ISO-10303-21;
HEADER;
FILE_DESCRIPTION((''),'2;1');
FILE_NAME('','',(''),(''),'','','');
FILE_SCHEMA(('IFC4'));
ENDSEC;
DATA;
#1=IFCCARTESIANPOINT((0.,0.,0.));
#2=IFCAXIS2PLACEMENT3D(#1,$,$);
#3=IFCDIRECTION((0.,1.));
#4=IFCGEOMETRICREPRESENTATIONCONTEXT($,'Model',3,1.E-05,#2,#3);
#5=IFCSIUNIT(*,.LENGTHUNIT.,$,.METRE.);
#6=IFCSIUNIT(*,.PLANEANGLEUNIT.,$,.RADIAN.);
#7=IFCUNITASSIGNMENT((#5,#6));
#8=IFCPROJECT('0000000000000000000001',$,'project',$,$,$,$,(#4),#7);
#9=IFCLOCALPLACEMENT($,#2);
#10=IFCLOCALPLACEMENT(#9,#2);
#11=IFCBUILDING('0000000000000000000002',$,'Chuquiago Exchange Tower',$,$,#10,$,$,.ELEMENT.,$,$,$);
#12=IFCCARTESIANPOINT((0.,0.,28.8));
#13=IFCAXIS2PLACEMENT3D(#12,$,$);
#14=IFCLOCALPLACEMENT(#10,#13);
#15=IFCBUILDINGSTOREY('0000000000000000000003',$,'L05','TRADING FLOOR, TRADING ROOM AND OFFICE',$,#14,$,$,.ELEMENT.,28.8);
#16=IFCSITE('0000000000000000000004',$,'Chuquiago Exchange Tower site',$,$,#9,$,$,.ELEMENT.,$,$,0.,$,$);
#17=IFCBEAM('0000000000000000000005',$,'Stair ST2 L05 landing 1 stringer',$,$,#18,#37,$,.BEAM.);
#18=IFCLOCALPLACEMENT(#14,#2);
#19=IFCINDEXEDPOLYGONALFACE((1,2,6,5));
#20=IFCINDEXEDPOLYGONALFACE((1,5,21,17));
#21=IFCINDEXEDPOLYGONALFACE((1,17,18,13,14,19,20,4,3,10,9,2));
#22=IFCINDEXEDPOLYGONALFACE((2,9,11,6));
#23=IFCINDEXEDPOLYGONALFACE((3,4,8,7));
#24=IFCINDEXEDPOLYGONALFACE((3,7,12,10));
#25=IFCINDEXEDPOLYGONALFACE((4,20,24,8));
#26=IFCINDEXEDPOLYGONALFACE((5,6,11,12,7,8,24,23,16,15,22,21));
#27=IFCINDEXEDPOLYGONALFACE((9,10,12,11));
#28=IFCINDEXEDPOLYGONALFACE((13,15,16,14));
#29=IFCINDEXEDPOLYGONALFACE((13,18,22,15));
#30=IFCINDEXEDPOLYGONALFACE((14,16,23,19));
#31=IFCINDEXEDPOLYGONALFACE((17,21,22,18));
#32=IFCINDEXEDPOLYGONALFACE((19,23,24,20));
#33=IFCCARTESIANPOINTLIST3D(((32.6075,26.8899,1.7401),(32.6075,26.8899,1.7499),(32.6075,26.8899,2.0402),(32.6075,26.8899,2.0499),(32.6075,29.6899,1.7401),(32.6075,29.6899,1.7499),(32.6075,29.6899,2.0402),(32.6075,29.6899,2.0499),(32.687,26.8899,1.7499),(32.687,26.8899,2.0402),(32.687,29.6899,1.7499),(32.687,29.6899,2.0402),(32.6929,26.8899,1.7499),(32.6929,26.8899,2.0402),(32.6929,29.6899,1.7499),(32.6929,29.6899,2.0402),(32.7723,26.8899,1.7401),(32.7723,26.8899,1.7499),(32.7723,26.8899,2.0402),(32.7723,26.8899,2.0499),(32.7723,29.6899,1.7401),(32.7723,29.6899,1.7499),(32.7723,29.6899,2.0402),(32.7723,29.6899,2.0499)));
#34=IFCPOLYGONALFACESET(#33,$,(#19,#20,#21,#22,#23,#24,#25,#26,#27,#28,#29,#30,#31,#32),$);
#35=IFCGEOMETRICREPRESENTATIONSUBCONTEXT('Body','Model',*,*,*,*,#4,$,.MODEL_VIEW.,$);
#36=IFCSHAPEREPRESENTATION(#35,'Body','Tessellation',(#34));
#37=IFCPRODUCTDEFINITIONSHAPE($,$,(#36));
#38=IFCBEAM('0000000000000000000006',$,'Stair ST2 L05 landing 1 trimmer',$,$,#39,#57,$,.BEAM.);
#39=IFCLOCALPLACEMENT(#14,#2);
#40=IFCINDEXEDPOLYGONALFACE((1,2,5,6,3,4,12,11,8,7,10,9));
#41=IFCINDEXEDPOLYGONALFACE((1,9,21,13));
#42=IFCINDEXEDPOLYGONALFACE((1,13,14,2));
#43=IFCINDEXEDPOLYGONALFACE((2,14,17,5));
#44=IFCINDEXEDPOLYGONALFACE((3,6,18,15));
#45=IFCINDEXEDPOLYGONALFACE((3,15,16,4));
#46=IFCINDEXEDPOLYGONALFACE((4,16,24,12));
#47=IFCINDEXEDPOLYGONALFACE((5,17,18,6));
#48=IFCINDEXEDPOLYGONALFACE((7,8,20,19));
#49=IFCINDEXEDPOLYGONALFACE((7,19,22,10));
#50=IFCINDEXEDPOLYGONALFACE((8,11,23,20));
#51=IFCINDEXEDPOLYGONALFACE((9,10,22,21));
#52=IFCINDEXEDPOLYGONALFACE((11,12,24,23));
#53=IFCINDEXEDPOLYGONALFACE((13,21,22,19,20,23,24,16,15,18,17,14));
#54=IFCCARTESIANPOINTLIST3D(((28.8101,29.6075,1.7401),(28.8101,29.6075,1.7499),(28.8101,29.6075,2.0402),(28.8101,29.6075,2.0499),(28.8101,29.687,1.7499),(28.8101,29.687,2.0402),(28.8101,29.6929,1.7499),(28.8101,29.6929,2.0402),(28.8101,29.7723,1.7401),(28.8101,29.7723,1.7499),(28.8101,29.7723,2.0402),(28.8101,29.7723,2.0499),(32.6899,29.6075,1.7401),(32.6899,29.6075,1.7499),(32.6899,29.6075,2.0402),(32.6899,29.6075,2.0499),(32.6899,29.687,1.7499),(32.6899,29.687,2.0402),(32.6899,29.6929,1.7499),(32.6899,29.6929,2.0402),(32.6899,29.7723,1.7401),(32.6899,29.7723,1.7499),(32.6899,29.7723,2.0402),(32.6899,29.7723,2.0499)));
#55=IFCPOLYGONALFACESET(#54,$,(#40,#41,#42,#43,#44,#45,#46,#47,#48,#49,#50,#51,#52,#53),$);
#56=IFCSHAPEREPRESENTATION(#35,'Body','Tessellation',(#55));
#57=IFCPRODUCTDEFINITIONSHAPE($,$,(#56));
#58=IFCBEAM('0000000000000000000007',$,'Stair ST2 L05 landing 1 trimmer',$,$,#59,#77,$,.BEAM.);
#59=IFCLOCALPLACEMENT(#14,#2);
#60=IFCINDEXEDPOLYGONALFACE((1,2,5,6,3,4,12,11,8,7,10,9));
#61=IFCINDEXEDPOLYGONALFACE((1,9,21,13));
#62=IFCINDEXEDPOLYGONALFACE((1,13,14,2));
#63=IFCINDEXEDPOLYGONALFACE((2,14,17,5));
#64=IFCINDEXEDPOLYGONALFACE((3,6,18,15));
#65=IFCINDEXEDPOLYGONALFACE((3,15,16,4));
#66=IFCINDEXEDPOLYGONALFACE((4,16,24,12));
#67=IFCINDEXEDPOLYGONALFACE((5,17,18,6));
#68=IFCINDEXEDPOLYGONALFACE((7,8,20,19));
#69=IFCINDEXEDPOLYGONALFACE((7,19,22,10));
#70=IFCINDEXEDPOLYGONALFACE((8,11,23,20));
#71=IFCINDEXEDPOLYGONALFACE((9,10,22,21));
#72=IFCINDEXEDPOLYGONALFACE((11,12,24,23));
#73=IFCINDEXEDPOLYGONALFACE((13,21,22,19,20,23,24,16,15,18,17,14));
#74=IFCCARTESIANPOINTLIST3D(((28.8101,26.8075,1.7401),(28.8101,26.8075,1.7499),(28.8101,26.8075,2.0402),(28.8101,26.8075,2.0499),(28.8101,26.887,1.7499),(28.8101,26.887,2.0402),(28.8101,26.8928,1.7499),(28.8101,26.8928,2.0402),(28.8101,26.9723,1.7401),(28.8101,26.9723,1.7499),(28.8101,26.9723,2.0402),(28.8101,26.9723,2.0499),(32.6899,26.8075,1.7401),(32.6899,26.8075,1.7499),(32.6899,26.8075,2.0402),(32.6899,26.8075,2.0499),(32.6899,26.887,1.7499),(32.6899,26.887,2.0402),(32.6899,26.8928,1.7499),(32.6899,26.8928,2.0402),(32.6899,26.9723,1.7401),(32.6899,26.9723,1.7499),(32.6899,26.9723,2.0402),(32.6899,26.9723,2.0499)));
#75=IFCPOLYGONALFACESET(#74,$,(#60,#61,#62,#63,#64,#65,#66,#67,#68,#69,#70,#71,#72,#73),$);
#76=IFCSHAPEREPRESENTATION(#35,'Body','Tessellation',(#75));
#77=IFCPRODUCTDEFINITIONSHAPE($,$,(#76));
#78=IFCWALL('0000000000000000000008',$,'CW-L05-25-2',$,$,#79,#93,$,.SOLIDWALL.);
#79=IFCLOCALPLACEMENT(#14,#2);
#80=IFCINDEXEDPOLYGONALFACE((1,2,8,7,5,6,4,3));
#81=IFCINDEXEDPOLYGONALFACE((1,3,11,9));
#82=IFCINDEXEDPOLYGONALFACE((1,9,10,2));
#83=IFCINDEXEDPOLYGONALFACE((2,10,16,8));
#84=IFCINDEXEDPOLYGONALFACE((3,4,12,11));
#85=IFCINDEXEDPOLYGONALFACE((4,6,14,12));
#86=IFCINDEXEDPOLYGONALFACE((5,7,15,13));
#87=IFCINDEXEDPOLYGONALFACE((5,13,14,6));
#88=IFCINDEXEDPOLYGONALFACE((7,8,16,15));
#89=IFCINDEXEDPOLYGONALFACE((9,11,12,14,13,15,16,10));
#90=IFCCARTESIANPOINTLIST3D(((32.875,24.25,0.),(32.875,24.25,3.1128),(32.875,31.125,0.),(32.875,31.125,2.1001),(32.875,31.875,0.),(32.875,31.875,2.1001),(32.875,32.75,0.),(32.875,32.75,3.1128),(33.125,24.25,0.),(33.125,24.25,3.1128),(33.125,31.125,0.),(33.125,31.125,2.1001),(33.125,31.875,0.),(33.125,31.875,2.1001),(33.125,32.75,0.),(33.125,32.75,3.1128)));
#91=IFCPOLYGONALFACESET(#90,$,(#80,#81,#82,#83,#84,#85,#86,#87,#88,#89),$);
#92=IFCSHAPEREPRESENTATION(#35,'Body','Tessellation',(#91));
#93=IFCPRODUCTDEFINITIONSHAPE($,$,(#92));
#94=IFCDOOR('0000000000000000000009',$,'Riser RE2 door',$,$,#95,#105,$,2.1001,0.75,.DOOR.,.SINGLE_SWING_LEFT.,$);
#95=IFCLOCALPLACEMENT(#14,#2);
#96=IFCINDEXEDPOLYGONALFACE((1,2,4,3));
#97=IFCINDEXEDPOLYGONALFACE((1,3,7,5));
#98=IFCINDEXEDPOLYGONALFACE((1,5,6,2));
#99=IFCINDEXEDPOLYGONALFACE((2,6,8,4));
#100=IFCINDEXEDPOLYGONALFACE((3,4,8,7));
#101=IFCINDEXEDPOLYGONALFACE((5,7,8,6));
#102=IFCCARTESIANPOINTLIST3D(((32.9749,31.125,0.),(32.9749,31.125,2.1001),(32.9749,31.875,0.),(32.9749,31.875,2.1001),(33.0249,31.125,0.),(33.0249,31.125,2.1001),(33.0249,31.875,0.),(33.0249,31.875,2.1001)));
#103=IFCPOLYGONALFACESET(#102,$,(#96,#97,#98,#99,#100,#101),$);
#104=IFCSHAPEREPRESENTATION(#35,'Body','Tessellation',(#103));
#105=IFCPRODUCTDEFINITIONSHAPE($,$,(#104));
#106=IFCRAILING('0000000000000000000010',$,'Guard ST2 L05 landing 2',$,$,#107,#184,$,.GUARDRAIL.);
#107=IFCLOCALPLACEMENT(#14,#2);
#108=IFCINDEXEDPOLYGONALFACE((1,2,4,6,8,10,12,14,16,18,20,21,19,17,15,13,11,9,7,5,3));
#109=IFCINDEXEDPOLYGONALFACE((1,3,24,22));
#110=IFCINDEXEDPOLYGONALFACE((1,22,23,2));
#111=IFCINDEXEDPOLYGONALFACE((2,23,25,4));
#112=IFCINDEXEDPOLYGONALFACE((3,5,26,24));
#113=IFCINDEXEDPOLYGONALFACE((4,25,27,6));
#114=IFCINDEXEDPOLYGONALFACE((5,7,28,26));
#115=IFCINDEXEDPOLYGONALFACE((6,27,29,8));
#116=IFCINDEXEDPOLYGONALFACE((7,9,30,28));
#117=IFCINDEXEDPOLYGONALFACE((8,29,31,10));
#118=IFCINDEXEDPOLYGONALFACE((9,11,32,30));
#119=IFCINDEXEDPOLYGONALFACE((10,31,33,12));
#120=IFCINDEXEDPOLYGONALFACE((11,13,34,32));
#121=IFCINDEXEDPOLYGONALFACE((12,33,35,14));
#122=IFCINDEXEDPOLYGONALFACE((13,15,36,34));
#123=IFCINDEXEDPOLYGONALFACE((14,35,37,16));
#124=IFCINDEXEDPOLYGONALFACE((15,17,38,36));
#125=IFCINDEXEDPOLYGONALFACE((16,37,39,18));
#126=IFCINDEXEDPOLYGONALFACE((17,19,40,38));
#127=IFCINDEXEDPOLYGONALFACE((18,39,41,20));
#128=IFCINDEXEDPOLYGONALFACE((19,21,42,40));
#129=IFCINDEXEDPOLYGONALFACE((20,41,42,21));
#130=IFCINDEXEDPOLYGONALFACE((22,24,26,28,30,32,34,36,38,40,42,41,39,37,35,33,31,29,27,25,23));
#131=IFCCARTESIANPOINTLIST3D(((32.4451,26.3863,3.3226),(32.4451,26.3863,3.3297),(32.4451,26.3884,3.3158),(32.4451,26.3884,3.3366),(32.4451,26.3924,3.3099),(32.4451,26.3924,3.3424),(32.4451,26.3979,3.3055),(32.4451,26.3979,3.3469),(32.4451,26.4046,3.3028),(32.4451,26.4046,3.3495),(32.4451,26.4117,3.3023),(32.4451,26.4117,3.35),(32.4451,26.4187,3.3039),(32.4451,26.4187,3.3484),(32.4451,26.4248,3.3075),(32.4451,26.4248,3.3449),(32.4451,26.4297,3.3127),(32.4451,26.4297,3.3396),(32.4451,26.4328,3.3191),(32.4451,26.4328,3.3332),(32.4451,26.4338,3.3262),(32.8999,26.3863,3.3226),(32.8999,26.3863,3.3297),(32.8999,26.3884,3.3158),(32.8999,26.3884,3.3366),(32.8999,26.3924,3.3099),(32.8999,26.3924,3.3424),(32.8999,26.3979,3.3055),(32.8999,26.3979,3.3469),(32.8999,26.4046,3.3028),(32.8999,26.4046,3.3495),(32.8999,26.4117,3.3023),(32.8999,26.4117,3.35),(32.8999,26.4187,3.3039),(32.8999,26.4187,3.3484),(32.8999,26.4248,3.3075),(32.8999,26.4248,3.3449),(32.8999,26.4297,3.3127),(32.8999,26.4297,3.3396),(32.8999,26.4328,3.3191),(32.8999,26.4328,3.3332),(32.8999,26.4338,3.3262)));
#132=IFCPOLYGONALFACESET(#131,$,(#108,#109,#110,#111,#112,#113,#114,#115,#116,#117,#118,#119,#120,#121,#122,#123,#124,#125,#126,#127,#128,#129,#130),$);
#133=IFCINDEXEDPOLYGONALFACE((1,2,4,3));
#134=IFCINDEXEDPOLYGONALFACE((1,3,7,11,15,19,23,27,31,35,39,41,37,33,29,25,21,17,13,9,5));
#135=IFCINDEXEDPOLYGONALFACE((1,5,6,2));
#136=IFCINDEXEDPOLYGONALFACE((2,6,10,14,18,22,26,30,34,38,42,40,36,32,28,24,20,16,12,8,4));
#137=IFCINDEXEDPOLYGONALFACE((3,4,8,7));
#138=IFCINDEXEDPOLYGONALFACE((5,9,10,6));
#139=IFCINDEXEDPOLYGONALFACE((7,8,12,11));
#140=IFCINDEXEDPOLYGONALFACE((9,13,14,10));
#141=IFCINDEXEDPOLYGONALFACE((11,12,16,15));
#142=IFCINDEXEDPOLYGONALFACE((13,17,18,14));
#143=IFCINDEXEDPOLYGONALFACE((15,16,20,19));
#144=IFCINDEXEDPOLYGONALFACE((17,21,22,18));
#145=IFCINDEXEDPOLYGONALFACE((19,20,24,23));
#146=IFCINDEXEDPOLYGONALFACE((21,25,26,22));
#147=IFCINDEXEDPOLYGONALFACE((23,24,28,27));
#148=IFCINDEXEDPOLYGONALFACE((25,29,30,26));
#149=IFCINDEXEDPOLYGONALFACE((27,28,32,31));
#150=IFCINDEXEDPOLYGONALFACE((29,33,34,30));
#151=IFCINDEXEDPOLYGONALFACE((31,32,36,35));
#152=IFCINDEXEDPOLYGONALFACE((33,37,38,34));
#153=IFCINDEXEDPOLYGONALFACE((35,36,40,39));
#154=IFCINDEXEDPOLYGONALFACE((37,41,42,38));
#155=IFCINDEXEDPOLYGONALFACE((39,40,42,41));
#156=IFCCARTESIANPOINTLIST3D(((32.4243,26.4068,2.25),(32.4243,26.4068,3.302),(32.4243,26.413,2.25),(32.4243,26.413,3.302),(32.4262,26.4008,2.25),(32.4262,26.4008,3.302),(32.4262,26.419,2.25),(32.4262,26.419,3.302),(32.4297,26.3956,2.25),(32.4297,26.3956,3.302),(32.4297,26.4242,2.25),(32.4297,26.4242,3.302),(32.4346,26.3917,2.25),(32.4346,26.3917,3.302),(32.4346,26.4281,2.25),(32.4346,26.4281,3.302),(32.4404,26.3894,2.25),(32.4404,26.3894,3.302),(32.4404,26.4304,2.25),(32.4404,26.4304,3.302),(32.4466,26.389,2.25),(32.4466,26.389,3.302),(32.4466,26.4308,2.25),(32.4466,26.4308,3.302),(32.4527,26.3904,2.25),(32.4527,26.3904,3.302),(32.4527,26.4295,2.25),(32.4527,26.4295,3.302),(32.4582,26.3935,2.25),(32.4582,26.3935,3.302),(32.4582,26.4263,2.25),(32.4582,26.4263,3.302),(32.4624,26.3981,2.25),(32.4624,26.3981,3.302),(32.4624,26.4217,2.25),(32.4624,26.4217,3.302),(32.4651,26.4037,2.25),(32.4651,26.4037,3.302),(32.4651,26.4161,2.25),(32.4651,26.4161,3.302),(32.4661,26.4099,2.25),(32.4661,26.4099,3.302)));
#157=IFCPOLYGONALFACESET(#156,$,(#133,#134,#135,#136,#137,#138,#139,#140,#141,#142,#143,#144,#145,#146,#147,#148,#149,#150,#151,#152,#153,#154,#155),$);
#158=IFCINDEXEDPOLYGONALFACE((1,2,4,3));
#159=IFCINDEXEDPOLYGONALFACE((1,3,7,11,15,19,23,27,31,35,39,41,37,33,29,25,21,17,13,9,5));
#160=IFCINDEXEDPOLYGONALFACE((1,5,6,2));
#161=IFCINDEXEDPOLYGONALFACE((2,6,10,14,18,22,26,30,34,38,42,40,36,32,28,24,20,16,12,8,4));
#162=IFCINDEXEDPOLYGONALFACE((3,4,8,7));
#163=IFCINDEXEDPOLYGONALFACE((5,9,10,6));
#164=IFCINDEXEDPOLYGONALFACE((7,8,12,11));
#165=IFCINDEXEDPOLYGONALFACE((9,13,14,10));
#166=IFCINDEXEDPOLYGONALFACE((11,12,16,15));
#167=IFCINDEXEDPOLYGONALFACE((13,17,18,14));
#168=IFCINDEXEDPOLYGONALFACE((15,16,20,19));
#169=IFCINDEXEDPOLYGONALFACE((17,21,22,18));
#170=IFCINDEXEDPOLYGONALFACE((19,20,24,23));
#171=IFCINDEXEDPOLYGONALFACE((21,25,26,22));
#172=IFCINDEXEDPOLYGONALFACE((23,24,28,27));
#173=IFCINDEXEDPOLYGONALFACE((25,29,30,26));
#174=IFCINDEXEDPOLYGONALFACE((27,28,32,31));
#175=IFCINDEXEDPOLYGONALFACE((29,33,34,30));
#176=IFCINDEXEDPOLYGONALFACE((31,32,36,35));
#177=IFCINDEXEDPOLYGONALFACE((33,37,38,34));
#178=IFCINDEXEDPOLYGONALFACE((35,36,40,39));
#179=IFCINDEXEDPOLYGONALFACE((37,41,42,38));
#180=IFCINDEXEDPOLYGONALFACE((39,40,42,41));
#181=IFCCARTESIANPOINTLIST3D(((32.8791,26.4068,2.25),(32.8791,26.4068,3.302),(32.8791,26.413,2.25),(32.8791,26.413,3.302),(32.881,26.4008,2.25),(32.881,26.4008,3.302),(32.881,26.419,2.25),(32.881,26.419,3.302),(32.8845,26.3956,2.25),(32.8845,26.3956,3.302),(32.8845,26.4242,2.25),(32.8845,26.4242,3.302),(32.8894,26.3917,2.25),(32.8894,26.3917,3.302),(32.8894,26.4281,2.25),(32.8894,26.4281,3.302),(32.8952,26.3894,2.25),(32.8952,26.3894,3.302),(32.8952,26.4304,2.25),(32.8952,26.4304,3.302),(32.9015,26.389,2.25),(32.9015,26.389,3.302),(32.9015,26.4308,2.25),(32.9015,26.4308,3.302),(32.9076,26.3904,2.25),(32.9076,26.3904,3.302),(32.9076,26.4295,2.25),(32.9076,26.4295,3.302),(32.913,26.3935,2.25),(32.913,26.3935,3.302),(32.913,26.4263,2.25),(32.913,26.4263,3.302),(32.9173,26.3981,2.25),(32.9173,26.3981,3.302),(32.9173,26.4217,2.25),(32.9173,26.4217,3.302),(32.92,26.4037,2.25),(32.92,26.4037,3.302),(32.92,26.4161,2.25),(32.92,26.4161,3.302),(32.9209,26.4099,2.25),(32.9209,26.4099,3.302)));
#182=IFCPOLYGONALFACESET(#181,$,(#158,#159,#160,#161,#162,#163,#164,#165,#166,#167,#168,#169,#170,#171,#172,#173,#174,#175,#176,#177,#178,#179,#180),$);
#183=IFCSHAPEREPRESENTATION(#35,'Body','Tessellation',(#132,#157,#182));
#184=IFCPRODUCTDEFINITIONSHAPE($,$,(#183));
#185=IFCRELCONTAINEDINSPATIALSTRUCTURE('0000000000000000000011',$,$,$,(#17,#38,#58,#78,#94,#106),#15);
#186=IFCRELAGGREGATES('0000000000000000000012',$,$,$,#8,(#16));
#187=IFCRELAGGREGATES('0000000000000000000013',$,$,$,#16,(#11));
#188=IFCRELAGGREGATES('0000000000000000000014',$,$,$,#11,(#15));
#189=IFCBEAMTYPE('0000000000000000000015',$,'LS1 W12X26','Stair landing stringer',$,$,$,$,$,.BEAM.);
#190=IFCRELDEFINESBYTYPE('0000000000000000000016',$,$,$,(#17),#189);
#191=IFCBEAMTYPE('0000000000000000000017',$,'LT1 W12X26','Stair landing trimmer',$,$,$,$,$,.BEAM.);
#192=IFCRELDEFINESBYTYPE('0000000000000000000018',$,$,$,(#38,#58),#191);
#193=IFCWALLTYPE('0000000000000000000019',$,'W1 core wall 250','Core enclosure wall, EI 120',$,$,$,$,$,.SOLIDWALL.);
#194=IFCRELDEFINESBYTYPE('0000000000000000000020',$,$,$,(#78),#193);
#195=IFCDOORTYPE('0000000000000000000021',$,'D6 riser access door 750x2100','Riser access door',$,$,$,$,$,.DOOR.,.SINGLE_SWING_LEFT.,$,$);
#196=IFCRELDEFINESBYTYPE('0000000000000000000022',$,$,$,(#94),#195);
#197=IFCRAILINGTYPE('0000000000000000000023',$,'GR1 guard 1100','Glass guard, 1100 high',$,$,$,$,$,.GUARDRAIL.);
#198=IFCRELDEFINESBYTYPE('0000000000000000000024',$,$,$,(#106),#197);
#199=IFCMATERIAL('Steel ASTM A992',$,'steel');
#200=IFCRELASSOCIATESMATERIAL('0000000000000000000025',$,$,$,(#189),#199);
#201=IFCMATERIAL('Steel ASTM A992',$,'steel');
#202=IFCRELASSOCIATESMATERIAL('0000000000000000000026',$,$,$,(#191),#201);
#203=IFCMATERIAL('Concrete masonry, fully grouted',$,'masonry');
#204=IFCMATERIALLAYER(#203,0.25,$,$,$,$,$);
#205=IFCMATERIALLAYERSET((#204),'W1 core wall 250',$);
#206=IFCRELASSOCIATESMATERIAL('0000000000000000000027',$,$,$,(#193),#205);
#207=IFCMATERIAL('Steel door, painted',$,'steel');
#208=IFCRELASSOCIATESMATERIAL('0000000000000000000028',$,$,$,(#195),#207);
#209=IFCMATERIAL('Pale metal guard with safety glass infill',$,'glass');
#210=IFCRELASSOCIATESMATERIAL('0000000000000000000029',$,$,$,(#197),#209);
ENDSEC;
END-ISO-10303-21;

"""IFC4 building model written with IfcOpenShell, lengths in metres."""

from ifc_helpers import new_model, si_unit, direction, frame, frame_2d, origin, origin_2d, place, context, subcontext, project, spatial, rectangle, circle, i_section, extrude, material, layer, layer_set, material_profile, profile_set, type_object, element, fill, save


model = new_model("IFC4")

# Units and contexts
model_context = context("Model", 3, precision=1e-05, world=origin(), true_north=direction((0.0, 1.0)))
body_context = subcontext(model_context, "Body", "Model", "MODEL_VIEW")
ifc_project = project(units=[si_unit("LENGTHUNIT", "METRE"), si_unit("PLANEANGLEUNIT", "RADIAN")], contexts=[model_context])

# Site, building, storey
site_placement = place(None, origin())
site = spatial("IfcSite", under=ifc_project, at=site_placement, Name="Chuquiago Exchange Tower site", CompositionType="ELEMENT", RefElevation=0.0)
building_placement = place(site_placement, origin())
building = spatial("IfcBuilding", under=site, at=building_placement, Name="Chuquiago Exchange Tower", CompositionType="ELEMENT")
storey_placement = place(building_placement, frame((0.0, 0.0, 28.8)))
storey = spatial("IfcBuildingStorey", under=building, at=storey_placement, Name="L05", Description="TRADING FLOOR, TRADING ROOM AND OFFICE", CompositionType="ELEMENT", Elevation=28.8)

# Beams
ifc_material_1 = material(Name="Steel ASTM A992", Category="steel")
ifc_material_profile_1 = material_profile(ifc_material_1, i_section(OverallWidth=0.1648, OverallDepth=0.3098, WebThickness=0.0059, FlangeThickness=0.0098, at=origin_2d()), Name="W12X26")
ifc_profile_set_1 = profile_set([ifc_material_profile_1], Name="Steel ASTM A992")
beam_type_1 = type_object("IfcBeamType", Name="LS1 W12X26", Description="Stair landing stringer", PredefinedType="BEAM", material=ifc_profile_set_1)
for number, where, z_axis, x_axis, name in (
    (1, (32.6899, 26.8899, 1.895), (0.0, 1.0, 0.0), (-1.0, 0.0, 0.0), "Stair ST2 L05 landing 1 stringer"),
):
    element("IfcBeam", number, at=place(storey_placement, frame(where, z_axis=z_axis, x_axis=x_axis)), inside=storey, type_object=beam_type_1, Name=name, PredefinedType="BEAM", context=body_context, shape_type="SweptSolid", body=[
        extrude(i_section(OverallWidth=0.1648, OverallDepth=0.3098, WebThickness=0.0059, FlangeThickness=0.0098, at=origin_2d()), origin(), (0.0, 0.0, 1.0), 2.8),
    ])
ifc_material_2 = material(Name="Steel ASTM A992", Category="steel")
ifc_material_profile_2 = material_profile(ifc_material_2, i_section(OverallWidth=0.1648, OverallDepth=0.3098, WebThickness=0.0059, FlangeThickness=0.0098, at=origin_2d()), Name="W12X26")
ifc_profile_set_2 = profile_set([ifc_material_profile_2], Name="Steel ASTM A992")
beam_type_2 = type_object("IfcBeamType", Name="LT1 W12X26", Description="Stair landing trimmer", PredefinedType="BEAM", material=ifc_profile_set_2)
for number, where, z_axis, x_axis, name in (
    (2, (28.8101, 29.6899, 1.895), (1.0, 0.0, 0.0), (0.0, 1.0, 0.0), "Stair ST2 L05 landing 1 trimmer"),
    (3, (28.8101, 26.8899, 1.895), (1.0, 0.0, 0.0), (0.0, 1.0, 0.0), "Stair ST2 L05 landing 1 trimmer"),
):
    element("IfcBeam", number, at=place(storey_placement, frame(where, z_axis=z_axis, x_axis=x_axis)), inside=storey, type_object=beam_type_2, Name=name, PredefinedType="BEAM", context=body_context, shape_type="SweptSolid", body=[
        extrude(i_section(OverallWidth=0.1648, OverallDepth=0.3098, WebThickness=0.0059, FlangeThickness=0.0098, at=origin_2d()), origin(), (0.0, 0.0, 1.0), 3.8799),
    ])

# Wall, opening, door
ifc_material_3 = material(Name="Concrete masonry, fully grouted", Category="masonry")
ifc_layer = layer(ifc_material_3, 0.25)
ifc_layer_set = layer_set([ifc_layer], Name="W1 core wall 250")
wall_type = type_object("IfcWallType", Name="W1 core wall 250", Description="Core enclosure wall, EI 120", PredefinedType="SOLIDWALL", material=ifc_layer_set)
wall_placement = place(storey_placement, frame((33.0, 24.25, 0.0), z_axis=(0.0, 0.0, 1.0), x_axis=(0.0, 1.0, 0.0)))
wall = element("IfcWall", 4, at=wall_placement, inside=storey, type_object=wall_type, Name="CW-L05-25-2", PredefinedType="SOLIDWALL", context=body_context, shape_type="SweptSolid", body=[
    extrude(rectangle(XDim=8.5, YDim=0.25, at=frame_2d((4.25, 0.0))), origin(), (0.0, 0.0, 1.0), 3.1128),
])
opening_placement = place(wall_placement, frame((6.875, 0.0, 0.0)))
opening = element("IfcOpeningElement", 5, at=opening_placement, cuts=wall, PredefinedType="OPENING", context=body_context, shape_type="SweptSolid", body=[
    extrude(rectangle(XDim=0.75, YDim=2.1001, at=frame_2d((0.375, 1.05))), frame((0.0, 0.135, 0.0), z_axis=(0.0, -1.0, 0.0), x_axis=(1.0, 0.0, 0.0)), (0.0, 0.0, 1.0), 0.27),
])
ifc_material_4 = material(Name="Steel door, painted", Category="steel")
door_type = type_object("IfcDoorType", Name="D6 riser access door 750x2100", Description="Riser access door", OperationType="SINGLE_SWING_LEFT", PredefinedType="DOOR", material=ifc_material_4)
door_placement = place(opening_placement, frame((0.75, 0.0, 0.0), z_axis=(0.0, 0.0, 1.0), x_axis=(-1.0, 0.0, 0.0)))
door = element("IfcDoor", 6, at=door_placement, inside=storey, type_object=door_type, Name="Riser RE2 door", OperationType="SINGLE_SWING_LEFT", OverallHeight=2.1001, OverallWidth=0.75, PredefinedType="DOOR", context=body_context, shape_type="SweptSolid", body=[
    extrude(rectangle(XDim=0.75, YDim=2.1001, at=frame_2d((0.375, 1.05))), frame((0.0, 0.0249, 0.0), z_axis=(0.0, -1.0, 0.0), x_axis=(1.0, 0.0, 0.0)), (0.0, 0.0, 1.0), 0.05),
])
fill(opening, door)

# Railing
ifc_material_5 = material(Name="Pale metal guard with safety glass infill", Category="glass")
railing_type_1 = type_object("IfcRailingType", Name="GR1 guard 1100", Description="Glass guard, 1100 high", PredefinedType="GUARDRAIL", material=ifc_material_5)
railing_placement = place(storey_placement, frame((32.4451, 26.4099, 2.25)))
element("IfcRailing", 7, at=railing_placement, inside=storey, type_object=railing_type_1, Name="Guard ST2 L05 landing 2", PredefinedType="GUARDRAIL", context=body_context, shape_type="SweptSolid", body=[
    extrude(circle(Radius=0.0239, at=origin_2d()), frame((0.0, 0.0, 1.0762), z_axis=(1.0, 0.0, 0.0), x_axis=(0.0, 1.0, 0.0)), (0.0, 0.0, 1.0), 0.4548),
    extrude(circle(Radius=0.021, at=origin_2d()), origin(), (0.0, 0.0, 1.0), 1.052),
    extrude(circle(Radius=0.021, at=origin_2d()), frame((0.4548, 0.0, 0.0)), (0.0, 0.0, 1.0), 1.052),
])

save(model, "model.ifc")
